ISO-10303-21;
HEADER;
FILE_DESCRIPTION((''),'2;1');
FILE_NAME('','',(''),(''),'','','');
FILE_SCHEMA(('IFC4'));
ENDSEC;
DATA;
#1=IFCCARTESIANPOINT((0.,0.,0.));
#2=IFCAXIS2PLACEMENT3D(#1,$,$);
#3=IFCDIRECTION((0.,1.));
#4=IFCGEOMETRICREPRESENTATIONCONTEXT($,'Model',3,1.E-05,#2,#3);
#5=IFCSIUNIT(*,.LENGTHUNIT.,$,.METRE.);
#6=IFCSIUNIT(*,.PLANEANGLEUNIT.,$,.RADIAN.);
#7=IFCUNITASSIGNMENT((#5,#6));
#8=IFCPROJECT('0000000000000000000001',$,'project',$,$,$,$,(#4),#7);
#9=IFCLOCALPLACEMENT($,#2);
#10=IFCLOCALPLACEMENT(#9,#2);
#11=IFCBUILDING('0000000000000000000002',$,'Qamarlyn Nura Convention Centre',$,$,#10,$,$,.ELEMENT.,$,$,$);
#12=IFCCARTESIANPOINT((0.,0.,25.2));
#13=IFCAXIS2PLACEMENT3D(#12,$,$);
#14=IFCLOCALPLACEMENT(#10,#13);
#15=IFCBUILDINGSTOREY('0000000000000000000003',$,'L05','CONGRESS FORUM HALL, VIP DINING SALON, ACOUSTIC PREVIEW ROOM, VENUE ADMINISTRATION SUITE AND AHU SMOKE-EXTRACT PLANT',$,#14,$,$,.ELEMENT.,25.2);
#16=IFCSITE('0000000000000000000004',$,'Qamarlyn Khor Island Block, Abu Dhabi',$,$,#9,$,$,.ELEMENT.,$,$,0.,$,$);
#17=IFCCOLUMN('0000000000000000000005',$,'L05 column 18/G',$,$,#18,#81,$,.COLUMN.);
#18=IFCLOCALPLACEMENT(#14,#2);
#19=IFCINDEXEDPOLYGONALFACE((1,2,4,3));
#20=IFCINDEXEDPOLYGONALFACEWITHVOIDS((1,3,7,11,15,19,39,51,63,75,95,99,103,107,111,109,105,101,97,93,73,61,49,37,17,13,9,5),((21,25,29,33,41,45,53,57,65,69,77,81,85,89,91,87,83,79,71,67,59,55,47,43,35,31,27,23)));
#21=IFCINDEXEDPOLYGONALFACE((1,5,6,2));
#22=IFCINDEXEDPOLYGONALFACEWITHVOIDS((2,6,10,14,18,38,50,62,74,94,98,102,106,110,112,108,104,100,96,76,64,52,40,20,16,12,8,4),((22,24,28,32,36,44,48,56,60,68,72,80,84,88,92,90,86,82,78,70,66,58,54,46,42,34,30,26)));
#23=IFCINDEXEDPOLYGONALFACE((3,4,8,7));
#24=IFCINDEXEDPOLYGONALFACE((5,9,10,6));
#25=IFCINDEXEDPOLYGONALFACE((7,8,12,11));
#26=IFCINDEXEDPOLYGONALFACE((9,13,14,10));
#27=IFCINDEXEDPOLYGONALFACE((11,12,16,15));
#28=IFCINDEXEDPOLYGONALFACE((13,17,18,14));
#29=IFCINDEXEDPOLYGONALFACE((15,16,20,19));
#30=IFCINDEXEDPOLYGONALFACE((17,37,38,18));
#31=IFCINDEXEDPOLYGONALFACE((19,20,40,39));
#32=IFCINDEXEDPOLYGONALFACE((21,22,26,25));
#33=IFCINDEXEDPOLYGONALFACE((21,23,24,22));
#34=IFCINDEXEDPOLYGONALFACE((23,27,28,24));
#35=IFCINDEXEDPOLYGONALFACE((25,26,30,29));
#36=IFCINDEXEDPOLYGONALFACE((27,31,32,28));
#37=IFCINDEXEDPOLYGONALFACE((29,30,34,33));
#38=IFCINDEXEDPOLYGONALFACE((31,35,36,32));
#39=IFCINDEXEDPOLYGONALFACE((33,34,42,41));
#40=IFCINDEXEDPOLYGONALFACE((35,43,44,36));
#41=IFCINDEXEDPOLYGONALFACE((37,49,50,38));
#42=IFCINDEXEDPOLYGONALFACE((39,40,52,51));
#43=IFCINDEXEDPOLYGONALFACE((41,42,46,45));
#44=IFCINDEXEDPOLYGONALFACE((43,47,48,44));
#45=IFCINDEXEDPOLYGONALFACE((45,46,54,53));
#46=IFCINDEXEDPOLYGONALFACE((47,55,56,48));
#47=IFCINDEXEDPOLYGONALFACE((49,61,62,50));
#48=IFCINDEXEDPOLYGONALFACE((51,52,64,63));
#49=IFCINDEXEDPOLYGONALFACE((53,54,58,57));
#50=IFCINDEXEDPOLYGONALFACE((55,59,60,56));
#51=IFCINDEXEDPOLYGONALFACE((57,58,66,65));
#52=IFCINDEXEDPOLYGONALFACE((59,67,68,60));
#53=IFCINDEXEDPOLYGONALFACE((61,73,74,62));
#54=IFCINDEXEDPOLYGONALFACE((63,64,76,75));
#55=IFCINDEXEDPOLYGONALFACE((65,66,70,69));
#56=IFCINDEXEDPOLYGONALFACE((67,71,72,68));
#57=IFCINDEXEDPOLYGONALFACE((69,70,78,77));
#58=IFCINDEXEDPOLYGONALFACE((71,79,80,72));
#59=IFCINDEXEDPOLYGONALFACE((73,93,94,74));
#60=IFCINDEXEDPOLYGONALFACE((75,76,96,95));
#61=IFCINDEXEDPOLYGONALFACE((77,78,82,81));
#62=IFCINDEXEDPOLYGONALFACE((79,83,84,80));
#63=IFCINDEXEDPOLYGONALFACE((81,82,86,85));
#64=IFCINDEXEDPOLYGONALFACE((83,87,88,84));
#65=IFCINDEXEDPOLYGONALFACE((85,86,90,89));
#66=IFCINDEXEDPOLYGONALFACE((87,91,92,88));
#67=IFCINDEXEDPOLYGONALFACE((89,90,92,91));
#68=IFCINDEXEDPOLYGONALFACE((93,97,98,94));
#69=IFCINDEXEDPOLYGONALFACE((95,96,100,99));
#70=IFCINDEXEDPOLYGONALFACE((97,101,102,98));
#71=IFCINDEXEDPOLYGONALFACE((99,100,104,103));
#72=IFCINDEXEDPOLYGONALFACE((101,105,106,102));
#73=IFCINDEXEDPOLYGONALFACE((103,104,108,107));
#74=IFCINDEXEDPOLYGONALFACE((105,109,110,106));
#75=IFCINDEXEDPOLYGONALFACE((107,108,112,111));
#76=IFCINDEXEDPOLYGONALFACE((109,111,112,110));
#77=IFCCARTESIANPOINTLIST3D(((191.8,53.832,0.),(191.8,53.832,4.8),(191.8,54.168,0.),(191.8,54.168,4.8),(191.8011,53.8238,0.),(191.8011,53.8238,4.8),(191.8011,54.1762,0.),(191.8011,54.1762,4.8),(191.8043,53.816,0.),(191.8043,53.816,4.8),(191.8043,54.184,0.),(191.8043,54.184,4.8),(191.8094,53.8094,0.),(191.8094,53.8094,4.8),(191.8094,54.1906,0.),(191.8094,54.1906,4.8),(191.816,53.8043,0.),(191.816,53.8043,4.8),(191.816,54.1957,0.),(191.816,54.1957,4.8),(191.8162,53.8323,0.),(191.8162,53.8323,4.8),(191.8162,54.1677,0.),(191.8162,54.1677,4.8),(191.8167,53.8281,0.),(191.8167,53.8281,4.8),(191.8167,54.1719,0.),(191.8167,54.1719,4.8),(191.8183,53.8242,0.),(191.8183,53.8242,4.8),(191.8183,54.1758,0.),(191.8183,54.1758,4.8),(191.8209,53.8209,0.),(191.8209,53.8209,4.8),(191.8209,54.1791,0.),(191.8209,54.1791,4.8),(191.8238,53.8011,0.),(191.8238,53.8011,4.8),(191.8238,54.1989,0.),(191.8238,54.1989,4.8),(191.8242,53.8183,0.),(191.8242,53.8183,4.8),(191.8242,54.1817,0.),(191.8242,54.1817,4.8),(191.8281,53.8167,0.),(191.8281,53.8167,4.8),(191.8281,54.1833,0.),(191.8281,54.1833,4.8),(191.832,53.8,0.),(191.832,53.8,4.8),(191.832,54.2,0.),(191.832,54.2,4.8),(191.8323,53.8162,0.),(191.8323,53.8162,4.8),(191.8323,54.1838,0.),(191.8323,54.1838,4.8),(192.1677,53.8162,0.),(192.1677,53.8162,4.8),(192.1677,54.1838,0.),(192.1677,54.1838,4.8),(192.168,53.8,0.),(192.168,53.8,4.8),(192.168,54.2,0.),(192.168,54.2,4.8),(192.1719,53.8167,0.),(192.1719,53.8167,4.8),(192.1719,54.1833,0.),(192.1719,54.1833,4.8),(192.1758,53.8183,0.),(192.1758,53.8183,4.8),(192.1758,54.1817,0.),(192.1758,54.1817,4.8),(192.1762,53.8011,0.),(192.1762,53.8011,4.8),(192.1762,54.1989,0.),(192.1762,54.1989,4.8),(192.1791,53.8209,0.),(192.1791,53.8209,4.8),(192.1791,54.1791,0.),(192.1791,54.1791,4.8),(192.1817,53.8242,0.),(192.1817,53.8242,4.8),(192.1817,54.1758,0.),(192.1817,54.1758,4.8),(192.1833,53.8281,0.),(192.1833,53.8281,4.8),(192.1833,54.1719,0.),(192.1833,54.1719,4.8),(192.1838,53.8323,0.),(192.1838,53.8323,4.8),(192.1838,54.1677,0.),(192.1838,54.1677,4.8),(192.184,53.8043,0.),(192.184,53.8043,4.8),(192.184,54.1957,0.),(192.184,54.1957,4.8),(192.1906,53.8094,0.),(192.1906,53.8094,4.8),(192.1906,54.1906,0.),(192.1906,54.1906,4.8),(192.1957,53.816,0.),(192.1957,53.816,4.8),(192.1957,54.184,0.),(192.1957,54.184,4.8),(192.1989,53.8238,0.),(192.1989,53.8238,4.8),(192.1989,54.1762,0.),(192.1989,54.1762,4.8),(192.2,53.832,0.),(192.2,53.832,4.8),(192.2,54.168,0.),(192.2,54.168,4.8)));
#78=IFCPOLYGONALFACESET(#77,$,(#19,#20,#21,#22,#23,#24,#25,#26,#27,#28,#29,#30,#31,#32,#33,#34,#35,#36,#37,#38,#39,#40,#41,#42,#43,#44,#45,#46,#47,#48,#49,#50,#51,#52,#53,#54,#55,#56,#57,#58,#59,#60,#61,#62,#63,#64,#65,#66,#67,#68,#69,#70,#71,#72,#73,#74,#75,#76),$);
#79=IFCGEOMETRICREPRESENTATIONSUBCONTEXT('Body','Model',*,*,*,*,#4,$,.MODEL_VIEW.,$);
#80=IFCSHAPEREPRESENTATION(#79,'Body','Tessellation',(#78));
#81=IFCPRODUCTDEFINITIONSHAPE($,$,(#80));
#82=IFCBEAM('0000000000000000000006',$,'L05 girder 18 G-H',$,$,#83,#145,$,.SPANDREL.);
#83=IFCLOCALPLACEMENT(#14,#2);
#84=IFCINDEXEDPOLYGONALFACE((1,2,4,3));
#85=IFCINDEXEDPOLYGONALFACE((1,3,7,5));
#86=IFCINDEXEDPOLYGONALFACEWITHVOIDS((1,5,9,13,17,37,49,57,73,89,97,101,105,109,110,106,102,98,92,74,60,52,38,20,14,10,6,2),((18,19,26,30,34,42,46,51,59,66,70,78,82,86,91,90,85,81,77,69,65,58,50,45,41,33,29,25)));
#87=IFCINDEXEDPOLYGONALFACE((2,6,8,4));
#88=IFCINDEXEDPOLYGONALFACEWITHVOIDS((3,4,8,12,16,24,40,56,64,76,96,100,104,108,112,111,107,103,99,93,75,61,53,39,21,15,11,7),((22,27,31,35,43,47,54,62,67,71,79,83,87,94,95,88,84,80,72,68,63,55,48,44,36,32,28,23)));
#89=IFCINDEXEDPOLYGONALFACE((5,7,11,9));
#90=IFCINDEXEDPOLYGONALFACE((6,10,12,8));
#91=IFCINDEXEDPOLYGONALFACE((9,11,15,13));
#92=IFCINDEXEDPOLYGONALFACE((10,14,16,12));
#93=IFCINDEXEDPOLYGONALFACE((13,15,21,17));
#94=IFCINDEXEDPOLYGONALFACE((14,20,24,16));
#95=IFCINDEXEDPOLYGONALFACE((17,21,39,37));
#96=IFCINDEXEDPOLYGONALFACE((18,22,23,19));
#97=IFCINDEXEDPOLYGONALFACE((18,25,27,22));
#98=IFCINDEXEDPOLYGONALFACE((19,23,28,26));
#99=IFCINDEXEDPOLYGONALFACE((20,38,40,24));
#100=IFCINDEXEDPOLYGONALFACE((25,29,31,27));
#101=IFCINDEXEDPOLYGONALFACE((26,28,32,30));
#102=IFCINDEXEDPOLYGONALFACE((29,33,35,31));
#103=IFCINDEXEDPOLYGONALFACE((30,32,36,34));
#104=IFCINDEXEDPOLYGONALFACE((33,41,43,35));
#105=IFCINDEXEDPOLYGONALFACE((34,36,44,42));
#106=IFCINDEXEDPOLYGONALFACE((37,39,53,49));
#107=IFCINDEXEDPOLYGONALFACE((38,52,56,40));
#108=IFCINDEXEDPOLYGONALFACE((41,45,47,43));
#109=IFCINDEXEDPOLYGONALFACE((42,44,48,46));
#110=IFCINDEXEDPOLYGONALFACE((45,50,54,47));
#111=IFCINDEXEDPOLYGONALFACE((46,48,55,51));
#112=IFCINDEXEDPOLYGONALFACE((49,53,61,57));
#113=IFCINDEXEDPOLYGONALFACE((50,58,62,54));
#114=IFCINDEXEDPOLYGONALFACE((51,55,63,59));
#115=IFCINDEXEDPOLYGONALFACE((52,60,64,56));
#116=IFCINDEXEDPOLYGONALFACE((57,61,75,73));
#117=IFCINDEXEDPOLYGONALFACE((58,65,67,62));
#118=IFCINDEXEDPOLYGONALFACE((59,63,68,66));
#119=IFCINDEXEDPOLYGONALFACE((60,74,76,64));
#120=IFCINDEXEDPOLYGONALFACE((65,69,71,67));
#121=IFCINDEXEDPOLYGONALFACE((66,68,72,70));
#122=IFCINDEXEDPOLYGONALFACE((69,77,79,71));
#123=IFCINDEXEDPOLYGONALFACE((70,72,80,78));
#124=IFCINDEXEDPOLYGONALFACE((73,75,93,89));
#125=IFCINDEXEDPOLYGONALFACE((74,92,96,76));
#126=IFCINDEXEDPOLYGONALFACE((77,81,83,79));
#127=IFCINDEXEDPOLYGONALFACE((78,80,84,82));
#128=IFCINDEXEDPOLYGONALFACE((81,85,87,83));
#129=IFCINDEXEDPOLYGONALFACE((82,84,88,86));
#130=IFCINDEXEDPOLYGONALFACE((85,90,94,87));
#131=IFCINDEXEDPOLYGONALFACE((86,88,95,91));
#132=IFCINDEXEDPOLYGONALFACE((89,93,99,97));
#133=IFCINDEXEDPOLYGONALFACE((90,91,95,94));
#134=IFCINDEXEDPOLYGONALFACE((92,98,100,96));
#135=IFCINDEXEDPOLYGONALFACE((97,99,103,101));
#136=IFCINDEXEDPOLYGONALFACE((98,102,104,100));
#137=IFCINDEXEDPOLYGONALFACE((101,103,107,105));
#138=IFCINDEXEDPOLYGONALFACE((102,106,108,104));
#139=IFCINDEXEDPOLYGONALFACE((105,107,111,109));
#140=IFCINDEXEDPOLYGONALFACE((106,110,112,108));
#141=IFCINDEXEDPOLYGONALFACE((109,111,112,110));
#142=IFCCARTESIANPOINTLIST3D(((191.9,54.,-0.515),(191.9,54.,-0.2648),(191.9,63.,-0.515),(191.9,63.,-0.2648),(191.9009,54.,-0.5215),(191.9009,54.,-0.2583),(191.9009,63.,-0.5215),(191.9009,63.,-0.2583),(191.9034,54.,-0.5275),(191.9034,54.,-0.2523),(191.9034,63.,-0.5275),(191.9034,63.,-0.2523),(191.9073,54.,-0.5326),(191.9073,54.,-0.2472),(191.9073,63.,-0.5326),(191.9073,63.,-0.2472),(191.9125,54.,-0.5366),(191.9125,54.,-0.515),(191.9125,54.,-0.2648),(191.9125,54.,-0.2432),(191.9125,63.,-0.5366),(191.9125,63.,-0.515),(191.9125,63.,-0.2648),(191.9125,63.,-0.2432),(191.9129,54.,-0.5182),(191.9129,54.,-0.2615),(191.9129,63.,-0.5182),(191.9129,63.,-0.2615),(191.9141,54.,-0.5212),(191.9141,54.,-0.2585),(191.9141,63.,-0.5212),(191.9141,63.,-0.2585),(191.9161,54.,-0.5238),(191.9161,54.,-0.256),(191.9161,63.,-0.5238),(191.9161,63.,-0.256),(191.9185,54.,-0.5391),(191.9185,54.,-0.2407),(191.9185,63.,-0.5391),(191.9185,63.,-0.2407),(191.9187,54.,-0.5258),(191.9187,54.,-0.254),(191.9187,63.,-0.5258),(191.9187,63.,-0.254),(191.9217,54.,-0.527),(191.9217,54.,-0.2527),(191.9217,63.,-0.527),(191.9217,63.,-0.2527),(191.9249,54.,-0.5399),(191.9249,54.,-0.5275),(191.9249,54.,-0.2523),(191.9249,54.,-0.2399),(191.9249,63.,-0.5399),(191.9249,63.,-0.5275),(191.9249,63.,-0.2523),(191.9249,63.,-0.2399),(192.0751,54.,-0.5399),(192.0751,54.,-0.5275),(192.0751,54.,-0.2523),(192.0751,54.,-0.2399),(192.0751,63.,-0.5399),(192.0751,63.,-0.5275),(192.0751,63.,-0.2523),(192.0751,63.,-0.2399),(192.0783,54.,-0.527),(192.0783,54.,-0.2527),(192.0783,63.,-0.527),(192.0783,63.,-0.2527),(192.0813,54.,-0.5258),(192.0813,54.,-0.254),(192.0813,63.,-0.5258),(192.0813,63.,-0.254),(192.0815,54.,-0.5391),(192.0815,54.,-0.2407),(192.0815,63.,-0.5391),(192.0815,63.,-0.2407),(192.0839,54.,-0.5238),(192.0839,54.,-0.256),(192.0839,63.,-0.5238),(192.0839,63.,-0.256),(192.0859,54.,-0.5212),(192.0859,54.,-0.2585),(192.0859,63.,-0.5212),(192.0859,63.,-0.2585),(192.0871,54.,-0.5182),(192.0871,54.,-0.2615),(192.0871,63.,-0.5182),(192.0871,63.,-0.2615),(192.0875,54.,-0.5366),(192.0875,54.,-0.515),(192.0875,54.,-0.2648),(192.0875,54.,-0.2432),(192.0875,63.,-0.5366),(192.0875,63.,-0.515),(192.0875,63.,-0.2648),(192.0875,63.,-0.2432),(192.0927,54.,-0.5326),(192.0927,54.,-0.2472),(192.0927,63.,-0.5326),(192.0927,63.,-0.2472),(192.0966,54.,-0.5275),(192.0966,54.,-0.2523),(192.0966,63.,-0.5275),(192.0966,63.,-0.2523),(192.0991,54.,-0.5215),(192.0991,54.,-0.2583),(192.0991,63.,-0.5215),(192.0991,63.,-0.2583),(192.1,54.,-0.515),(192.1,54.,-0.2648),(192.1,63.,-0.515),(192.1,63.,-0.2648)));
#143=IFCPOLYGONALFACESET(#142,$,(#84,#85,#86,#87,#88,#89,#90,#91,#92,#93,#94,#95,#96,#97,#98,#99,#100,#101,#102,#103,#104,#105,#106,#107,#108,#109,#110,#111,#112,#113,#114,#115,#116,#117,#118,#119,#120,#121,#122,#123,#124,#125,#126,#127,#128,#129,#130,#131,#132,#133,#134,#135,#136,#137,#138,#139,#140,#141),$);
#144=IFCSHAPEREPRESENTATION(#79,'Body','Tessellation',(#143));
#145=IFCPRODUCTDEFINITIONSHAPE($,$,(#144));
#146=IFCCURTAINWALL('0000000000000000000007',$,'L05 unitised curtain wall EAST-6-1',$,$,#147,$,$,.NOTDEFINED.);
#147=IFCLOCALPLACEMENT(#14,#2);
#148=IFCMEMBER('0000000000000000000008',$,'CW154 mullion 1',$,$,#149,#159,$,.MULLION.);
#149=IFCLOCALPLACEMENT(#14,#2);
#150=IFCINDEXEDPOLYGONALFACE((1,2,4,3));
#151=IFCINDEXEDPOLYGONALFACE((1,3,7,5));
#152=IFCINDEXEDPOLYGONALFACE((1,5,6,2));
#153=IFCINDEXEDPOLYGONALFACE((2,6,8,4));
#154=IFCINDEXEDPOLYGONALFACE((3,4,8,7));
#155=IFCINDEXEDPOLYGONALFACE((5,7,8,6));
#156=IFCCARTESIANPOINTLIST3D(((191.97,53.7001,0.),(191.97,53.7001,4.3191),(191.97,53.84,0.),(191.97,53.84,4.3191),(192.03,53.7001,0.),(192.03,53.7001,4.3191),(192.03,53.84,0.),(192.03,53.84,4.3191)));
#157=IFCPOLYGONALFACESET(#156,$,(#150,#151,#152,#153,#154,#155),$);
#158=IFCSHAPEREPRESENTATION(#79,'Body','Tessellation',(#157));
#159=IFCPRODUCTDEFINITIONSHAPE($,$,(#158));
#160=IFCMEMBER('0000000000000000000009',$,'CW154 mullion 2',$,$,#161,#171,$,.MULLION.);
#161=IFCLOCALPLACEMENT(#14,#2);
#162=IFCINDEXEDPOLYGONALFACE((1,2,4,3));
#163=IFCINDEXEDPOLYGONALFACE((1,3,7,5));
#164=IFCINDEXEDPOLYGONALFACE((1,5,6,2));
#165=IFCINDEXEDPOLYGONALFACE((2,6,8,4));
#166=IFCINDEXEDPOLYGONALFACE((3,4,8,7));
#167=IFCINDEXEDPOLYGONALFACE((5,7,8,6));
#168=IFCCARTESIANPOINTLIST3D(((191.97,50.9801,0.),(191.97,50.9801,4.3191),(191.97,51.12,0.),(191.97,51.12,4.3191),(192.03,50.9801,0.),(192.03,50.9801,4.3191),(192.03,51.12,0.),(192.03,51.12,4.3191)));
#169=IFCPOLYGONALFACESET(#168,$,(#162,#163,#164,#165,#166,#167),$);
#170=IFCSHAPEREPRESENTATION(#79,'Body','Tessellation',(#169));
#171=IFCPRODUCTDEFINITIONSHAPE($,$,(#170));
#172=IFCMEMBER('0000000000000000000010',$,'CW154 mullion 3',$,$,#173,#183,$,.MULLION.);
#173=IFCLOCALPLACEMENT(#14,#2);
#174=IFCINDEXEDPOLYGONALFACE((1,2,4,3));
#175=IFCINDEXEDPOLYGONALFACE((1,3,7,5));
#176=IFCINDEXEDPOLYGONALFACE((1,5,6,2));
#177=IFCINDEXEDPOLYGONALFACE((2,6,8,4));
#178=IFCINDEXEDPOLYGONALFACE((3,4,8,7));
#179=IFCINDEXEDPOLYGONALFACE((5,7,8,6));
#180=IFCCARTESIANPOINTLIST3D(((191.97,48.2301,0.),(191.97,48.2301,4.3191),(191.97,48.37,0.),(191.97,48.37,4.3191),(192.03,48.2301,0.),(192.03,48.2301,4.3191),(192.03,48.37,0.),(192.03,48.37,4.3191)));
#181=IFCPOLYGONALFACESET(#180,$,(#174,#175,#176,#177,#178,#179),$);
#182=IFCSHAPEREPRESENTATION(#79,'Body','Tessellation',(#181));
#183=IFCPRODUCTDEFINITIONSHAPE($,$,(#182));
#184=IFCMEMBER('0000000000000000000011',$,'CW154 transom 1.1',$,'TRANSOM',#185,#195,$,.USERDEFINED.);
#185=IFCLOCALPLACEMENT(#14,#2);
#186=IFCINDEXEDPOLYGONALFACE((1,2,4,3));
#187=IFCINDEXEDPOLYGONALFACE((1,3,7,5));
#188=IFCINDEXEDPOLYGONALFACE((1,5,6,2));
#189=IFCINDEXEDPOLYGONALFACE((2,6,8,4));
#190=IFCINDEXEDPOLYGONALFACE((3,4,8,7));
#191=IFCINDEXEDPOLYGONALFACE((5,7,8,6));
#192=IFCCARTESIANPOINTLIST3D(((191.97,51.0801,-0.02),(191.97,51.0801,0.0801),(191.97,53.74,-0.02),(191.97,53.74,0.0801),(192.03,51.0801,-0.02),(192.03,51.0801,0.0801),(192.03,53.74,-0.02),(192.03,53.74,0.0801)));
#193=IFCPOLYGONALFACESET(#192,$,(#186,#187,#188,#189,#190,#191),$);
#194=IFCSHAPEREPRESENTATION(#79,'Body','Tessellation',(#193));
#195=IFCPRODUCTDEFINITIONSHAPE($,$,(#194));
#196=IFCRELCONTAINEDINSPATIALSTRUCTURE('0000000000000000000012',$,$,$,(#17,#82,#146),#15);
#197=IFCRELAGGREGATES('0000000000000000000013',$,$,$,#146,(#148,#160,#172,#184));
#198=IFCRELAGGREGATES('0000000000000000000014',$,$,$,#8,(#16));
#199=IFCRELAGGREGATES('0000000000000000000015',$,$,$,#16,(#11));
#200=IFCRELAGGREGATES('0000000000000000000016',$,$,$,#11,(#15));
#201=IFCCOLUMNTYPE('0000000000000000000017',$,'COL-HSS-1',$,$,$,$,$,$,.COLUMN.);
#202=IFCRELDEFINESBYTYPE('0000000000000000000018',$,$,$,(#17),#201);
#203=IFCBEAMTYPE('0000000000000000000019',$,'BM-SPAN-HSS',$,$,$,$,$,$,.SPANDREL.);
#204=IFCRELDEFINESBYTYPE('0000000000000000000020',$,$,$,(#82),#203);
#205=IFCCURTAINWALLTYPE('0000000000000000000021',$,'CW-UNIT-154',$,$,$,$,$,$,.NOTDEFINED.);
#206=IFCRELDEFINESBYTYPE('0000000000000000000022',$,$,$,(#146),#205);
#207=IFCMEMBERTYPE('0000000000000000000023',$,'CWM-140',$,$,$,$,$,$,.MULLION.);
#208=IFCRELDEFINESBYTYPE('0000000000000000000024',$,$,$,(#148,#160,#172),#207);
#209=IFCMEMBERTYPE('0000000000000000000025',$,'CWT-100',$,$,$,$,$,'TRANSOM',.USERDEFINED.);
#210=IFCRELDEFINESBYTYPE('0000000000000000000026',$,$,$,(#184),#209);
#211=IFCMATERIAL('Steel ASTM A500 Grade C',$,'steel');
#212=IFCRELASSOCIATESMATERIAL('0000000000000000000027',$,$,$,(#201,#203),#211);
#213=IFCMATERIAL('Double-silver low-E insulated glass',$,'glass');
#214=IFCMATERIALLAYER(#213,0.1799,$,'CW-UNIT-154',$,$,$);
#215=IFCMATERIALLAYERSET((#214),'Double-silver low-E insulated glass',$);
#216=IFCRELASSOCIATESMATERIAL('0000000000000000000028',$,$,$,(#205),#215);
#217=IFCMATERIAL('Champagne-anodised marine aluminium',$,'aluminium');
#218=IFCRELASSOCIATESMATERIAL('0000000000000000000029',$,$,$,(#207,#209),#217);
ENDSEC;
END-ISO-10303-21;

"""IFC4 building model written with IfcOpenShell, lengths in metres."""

from ifc_helpers import new_model, si_unit, direction, frame, origin, origin_2d, place, context, subcontext, project, spatial, rectangle, hollow_rectangle, extrude, material, layer, layer_set, material_profile, profile_set, type_object, element, aggregate, save


model = new_model("IFC4")

# Units and contexts
model_context = context("Model", 3, precision=1e-05, world=origin(), true_north=direction((0.0, 1.0)))
body_context = subcontext(model_context, "Body", "Model", "MODEL_VIEW")
ifc_project = project(units=[si_unit("LENGTHUNIT", "METRE"), si_unit("PLANEANGLEUNIT", "RADIAN")], contexts=[model_context])

# Site, building, storey
site_placement = place(None, origin())
site = spatial("IfcSite", under=ifc_project, at=site_placement, Name="Qamarlyn Khor Island Block, Abu Dhabi", CompositionType="ELEMENT", RefElevation=0.0)
building_placement = place(site_placement, origin())
building = spatial("IfcBuilding", under=site, at=building_placement, Name="Qamarlyn Nura Convention Centre", CompositionType="ELEMENT")
storey_placement = place(building_placement, frame((0.0, 0.0, 25.2)))
storey = spatial("IfcBuildingStorey", under=building, at=storey_placement, Name="L05", Description="CONGRESS FORUM HALL, VIP DINING SALON, ACOUSTIC PREVIEW ROOM, VENUE ADMINISTRATION SUITE AND AHU SMOKE-EXTRACT PLANT", CompositionType="ELEMENT", Elevation=25.2)

# Column
ifc_material_1 = material(Name="Steel ASTM A500 Grade C", Category="steel")
ifc_material_profile_1 = material_profile(ifc_material_1, hollow_rectangle(XDim=0.3999, YDim=0.3999, WallThickness=0.0161, InnerFilletRadius=0.0161, OuterFilletRadius=0.032, at=origin_2d()), Name="HSS400X400X16")
ifc_profile_set_1 = profile_set([ifc_material_profile_1], Name="Steel ASTM A500 Grade C")
column_type = type_object("IfcColumnType", Name="COL-HSS-1", PredefinedType="COLUMN", material=ifc_profile_set_1)
column_placement = place(storey_placement, frame((192.0, 54.0, 0.0), z_axis=(0.0, 0.0, 1.0), x_axis=(1.0, 0.0, 0.0)))
element("IfcColumn", 1, at=column_placement, inside=storey, type_object=column_type, Name="L05 column 18/G", PredefinedType="COLUMN", context=body_context, shape_type="SweptSolid", body=[
    extrude(hollow_rectangle(XDim=0.3999, YDim=0.3999, WallThickness=0.0161, InnerFilletRadius=0.0161, OuterFilletRadius=0.032, at=origin_2d()), origin(), (0.0, 0.0, 1.0), 4.8),
])

# Beam
ifc_material_profile_2 = material_profile(ifc_material_1, hollow_rectangle(XDim=0.2, YDim=0.3, WallThickness=0.0125, InnerFilletRadius=0.0125, OuterFilletRadius=0.0249, at=origin_2d()), Name="HSS300X200X12.5")
ifc_profile_set_2 = profile_set([ifc_material_profile_2], Name="Steel ASTM A500 Grade C")
beam_type = type_object("IfcBeamType", Name="BM-SPAN-HSS", PredefinedType="SPANDREL", material=ifc_profile_set_2)
beam_placement = place(storey_placement, frame((192.0, 54.0, -0.3899), z_axis=(0.0, 1.0, 0.0), x_axis=(-1.0, 0.0, 0.0)))
element("IfcBeam", 2, at=beam_placement, inside=storey, type_object=beam_type, Name="L05 girder 18 G-H", PredefinedType="SPANDREL", context=body_context, shape_type="SweptSolid", body=[
    extrude(hollow_rectangle(XDim=0.2, YDim=0.3, WallThickness=0.0125, InnerFilletRadius=0.0125, OuterFilletRadius=0.0249, at=origin_2d()), origin(), (0.0, 0.0, 1.0), 9.0),
])

# Curtain wall, members
ifc_material_2 = material(Name="Double-silver low-E insulated glass", Category="glass")
ifc_layer_1 = layer(ifc_material_2, 0.1799, Name="CW-UNIT-154")
ifc_layer_set_1 = layer_set([ifc_layer_1], Name="Double-silver low-E insulated glass")
curtain_wall_type = type_object("IfcCurtainWallType", Name="CW-UNIT-154", PredefinedType="NOTDEFINED", material=ifc_layer_set_1)
curtain_wall_placement = place(storey_placement, origin())
curtain_wall = element("IfcCurtainWall", 3, at=curtain_wall_placement, inside=storey, type_object=curtain_wall_type, Name="L05 unitised curtain wall EAST-6-1", PredefinedType="NOTDEFINED")
ifc_material_3 = material(Name="Champagne-anodised marine aluminium", Category="aluminium")
ifc_material_profile_3 = material_profile(ifc_material_3, rectangle(XDim=0.0601, YDim=0.1399, at=origin_2d()), Name="ALU MULLION 60x140")
ifc_profile_set_3 = profile_set([ifc_material_profile_3], Name="Champagne-anodised marine aluminium")
member_type_1 = type_object("IfcMemberType", Name="CWM-140", PredefinedType="MULLION", material=ifc_profile_set_3)
member_1_placement = place(storey_placement, frame((192.0, 53.77, 0.0), z_axis=(0.0, 0.0, 1.0), x_axis=(1.0, 0.0, 0.0)))
member_1 = element("IfcMember", 4, at=member_1_placement, type_object=member_type_1, Name="CW154 mullion 1", PredefinedType="MULLION", context=body_context, shape_type="SweptSolid", body=[
    extrude(rectangle(XDim=0.0601, YDim=0.1399, at=origin_2d()), origin(), (0.0, 0.0, 1.0), 4.3191),
])
member_2_placement = place(storey_placement, frame((192.0, 51.05, 0.0), z_axis=(0.0, 0.0, 1.0), x_axis=(1.0, 0.0, 0.0)))
member_2 = element("IfcMember", 5, at=member_2_placement, type_object=member_type_1, Name="CW154 mullion 2", PredefinedType="MULLION", context=body_context, shape_type="SweptSolid", body=[
    extrude(rectangle(XDim=0.0601, YDim=0.1399, at=origin_2d()), origin(), (0.0, 0.0, 1.0), 4.3191),
])
member_3_placement = place(storey_placement, frame((192.0, 48.3, 0.0), z_axis=(0.0, 0.0, 1.0), x_axis=(1.0, 0.0, 0.0)))
member_3 = element("IfcMember", 6, at=member_3_placement, type_object=member_type_1, Name="CW154 mullion 3", PredefinedType="MULLION", context=body_context, shape_type="SweptSolid", body=[
    extrude(rectangle(XDim=0.0601, YDim=0.1399, at=origin_2d()), origin(), (0.0, 0.0, 1.0), 4.3191),
])
ifc_material_profile_4 = material_profile(ifc_material_3, rectangle(XDim=0.0601, YDim=0.1001, at=origin_2d()), Name="ALU TRANSOM 60x100")
ifc_profile_set_4 = profile_set([ifc_material_profile_4], Name="Champagne-anodised marine aluminium")
member_type_2 = type_object("IfcMemberType", Name="CWT-100", ElementType="TRANSOM", PredefinedType="USERDEFINED", material=ifc_profile_set_4)
member_4_placement = place(storey_placement, frame((192.0, 53.74, 0.03), z_axis=(0.0, -1.0, 0.0), x_axis=(1.0, 0.0, 0.0)))
member_4 = element("IfcMember", 7, at=member_4_placement, type_object=member_type_2, Name="CW154 transom 1.1", ObjectType="TRANSOM", PredefinedType="USERDEFINED", context=body_context, shape_type="SweptSolid", body=[
    extrude(rectangle(XDim=0.0601, YDim=0.1001, at=origin_2d()), origin(), (0.0, 0.0, 1.0), 2.6599),
])
aggregate(curtain_wall, [member_1, member_2, member_3, member_4])

save(model, "model.ifc")
